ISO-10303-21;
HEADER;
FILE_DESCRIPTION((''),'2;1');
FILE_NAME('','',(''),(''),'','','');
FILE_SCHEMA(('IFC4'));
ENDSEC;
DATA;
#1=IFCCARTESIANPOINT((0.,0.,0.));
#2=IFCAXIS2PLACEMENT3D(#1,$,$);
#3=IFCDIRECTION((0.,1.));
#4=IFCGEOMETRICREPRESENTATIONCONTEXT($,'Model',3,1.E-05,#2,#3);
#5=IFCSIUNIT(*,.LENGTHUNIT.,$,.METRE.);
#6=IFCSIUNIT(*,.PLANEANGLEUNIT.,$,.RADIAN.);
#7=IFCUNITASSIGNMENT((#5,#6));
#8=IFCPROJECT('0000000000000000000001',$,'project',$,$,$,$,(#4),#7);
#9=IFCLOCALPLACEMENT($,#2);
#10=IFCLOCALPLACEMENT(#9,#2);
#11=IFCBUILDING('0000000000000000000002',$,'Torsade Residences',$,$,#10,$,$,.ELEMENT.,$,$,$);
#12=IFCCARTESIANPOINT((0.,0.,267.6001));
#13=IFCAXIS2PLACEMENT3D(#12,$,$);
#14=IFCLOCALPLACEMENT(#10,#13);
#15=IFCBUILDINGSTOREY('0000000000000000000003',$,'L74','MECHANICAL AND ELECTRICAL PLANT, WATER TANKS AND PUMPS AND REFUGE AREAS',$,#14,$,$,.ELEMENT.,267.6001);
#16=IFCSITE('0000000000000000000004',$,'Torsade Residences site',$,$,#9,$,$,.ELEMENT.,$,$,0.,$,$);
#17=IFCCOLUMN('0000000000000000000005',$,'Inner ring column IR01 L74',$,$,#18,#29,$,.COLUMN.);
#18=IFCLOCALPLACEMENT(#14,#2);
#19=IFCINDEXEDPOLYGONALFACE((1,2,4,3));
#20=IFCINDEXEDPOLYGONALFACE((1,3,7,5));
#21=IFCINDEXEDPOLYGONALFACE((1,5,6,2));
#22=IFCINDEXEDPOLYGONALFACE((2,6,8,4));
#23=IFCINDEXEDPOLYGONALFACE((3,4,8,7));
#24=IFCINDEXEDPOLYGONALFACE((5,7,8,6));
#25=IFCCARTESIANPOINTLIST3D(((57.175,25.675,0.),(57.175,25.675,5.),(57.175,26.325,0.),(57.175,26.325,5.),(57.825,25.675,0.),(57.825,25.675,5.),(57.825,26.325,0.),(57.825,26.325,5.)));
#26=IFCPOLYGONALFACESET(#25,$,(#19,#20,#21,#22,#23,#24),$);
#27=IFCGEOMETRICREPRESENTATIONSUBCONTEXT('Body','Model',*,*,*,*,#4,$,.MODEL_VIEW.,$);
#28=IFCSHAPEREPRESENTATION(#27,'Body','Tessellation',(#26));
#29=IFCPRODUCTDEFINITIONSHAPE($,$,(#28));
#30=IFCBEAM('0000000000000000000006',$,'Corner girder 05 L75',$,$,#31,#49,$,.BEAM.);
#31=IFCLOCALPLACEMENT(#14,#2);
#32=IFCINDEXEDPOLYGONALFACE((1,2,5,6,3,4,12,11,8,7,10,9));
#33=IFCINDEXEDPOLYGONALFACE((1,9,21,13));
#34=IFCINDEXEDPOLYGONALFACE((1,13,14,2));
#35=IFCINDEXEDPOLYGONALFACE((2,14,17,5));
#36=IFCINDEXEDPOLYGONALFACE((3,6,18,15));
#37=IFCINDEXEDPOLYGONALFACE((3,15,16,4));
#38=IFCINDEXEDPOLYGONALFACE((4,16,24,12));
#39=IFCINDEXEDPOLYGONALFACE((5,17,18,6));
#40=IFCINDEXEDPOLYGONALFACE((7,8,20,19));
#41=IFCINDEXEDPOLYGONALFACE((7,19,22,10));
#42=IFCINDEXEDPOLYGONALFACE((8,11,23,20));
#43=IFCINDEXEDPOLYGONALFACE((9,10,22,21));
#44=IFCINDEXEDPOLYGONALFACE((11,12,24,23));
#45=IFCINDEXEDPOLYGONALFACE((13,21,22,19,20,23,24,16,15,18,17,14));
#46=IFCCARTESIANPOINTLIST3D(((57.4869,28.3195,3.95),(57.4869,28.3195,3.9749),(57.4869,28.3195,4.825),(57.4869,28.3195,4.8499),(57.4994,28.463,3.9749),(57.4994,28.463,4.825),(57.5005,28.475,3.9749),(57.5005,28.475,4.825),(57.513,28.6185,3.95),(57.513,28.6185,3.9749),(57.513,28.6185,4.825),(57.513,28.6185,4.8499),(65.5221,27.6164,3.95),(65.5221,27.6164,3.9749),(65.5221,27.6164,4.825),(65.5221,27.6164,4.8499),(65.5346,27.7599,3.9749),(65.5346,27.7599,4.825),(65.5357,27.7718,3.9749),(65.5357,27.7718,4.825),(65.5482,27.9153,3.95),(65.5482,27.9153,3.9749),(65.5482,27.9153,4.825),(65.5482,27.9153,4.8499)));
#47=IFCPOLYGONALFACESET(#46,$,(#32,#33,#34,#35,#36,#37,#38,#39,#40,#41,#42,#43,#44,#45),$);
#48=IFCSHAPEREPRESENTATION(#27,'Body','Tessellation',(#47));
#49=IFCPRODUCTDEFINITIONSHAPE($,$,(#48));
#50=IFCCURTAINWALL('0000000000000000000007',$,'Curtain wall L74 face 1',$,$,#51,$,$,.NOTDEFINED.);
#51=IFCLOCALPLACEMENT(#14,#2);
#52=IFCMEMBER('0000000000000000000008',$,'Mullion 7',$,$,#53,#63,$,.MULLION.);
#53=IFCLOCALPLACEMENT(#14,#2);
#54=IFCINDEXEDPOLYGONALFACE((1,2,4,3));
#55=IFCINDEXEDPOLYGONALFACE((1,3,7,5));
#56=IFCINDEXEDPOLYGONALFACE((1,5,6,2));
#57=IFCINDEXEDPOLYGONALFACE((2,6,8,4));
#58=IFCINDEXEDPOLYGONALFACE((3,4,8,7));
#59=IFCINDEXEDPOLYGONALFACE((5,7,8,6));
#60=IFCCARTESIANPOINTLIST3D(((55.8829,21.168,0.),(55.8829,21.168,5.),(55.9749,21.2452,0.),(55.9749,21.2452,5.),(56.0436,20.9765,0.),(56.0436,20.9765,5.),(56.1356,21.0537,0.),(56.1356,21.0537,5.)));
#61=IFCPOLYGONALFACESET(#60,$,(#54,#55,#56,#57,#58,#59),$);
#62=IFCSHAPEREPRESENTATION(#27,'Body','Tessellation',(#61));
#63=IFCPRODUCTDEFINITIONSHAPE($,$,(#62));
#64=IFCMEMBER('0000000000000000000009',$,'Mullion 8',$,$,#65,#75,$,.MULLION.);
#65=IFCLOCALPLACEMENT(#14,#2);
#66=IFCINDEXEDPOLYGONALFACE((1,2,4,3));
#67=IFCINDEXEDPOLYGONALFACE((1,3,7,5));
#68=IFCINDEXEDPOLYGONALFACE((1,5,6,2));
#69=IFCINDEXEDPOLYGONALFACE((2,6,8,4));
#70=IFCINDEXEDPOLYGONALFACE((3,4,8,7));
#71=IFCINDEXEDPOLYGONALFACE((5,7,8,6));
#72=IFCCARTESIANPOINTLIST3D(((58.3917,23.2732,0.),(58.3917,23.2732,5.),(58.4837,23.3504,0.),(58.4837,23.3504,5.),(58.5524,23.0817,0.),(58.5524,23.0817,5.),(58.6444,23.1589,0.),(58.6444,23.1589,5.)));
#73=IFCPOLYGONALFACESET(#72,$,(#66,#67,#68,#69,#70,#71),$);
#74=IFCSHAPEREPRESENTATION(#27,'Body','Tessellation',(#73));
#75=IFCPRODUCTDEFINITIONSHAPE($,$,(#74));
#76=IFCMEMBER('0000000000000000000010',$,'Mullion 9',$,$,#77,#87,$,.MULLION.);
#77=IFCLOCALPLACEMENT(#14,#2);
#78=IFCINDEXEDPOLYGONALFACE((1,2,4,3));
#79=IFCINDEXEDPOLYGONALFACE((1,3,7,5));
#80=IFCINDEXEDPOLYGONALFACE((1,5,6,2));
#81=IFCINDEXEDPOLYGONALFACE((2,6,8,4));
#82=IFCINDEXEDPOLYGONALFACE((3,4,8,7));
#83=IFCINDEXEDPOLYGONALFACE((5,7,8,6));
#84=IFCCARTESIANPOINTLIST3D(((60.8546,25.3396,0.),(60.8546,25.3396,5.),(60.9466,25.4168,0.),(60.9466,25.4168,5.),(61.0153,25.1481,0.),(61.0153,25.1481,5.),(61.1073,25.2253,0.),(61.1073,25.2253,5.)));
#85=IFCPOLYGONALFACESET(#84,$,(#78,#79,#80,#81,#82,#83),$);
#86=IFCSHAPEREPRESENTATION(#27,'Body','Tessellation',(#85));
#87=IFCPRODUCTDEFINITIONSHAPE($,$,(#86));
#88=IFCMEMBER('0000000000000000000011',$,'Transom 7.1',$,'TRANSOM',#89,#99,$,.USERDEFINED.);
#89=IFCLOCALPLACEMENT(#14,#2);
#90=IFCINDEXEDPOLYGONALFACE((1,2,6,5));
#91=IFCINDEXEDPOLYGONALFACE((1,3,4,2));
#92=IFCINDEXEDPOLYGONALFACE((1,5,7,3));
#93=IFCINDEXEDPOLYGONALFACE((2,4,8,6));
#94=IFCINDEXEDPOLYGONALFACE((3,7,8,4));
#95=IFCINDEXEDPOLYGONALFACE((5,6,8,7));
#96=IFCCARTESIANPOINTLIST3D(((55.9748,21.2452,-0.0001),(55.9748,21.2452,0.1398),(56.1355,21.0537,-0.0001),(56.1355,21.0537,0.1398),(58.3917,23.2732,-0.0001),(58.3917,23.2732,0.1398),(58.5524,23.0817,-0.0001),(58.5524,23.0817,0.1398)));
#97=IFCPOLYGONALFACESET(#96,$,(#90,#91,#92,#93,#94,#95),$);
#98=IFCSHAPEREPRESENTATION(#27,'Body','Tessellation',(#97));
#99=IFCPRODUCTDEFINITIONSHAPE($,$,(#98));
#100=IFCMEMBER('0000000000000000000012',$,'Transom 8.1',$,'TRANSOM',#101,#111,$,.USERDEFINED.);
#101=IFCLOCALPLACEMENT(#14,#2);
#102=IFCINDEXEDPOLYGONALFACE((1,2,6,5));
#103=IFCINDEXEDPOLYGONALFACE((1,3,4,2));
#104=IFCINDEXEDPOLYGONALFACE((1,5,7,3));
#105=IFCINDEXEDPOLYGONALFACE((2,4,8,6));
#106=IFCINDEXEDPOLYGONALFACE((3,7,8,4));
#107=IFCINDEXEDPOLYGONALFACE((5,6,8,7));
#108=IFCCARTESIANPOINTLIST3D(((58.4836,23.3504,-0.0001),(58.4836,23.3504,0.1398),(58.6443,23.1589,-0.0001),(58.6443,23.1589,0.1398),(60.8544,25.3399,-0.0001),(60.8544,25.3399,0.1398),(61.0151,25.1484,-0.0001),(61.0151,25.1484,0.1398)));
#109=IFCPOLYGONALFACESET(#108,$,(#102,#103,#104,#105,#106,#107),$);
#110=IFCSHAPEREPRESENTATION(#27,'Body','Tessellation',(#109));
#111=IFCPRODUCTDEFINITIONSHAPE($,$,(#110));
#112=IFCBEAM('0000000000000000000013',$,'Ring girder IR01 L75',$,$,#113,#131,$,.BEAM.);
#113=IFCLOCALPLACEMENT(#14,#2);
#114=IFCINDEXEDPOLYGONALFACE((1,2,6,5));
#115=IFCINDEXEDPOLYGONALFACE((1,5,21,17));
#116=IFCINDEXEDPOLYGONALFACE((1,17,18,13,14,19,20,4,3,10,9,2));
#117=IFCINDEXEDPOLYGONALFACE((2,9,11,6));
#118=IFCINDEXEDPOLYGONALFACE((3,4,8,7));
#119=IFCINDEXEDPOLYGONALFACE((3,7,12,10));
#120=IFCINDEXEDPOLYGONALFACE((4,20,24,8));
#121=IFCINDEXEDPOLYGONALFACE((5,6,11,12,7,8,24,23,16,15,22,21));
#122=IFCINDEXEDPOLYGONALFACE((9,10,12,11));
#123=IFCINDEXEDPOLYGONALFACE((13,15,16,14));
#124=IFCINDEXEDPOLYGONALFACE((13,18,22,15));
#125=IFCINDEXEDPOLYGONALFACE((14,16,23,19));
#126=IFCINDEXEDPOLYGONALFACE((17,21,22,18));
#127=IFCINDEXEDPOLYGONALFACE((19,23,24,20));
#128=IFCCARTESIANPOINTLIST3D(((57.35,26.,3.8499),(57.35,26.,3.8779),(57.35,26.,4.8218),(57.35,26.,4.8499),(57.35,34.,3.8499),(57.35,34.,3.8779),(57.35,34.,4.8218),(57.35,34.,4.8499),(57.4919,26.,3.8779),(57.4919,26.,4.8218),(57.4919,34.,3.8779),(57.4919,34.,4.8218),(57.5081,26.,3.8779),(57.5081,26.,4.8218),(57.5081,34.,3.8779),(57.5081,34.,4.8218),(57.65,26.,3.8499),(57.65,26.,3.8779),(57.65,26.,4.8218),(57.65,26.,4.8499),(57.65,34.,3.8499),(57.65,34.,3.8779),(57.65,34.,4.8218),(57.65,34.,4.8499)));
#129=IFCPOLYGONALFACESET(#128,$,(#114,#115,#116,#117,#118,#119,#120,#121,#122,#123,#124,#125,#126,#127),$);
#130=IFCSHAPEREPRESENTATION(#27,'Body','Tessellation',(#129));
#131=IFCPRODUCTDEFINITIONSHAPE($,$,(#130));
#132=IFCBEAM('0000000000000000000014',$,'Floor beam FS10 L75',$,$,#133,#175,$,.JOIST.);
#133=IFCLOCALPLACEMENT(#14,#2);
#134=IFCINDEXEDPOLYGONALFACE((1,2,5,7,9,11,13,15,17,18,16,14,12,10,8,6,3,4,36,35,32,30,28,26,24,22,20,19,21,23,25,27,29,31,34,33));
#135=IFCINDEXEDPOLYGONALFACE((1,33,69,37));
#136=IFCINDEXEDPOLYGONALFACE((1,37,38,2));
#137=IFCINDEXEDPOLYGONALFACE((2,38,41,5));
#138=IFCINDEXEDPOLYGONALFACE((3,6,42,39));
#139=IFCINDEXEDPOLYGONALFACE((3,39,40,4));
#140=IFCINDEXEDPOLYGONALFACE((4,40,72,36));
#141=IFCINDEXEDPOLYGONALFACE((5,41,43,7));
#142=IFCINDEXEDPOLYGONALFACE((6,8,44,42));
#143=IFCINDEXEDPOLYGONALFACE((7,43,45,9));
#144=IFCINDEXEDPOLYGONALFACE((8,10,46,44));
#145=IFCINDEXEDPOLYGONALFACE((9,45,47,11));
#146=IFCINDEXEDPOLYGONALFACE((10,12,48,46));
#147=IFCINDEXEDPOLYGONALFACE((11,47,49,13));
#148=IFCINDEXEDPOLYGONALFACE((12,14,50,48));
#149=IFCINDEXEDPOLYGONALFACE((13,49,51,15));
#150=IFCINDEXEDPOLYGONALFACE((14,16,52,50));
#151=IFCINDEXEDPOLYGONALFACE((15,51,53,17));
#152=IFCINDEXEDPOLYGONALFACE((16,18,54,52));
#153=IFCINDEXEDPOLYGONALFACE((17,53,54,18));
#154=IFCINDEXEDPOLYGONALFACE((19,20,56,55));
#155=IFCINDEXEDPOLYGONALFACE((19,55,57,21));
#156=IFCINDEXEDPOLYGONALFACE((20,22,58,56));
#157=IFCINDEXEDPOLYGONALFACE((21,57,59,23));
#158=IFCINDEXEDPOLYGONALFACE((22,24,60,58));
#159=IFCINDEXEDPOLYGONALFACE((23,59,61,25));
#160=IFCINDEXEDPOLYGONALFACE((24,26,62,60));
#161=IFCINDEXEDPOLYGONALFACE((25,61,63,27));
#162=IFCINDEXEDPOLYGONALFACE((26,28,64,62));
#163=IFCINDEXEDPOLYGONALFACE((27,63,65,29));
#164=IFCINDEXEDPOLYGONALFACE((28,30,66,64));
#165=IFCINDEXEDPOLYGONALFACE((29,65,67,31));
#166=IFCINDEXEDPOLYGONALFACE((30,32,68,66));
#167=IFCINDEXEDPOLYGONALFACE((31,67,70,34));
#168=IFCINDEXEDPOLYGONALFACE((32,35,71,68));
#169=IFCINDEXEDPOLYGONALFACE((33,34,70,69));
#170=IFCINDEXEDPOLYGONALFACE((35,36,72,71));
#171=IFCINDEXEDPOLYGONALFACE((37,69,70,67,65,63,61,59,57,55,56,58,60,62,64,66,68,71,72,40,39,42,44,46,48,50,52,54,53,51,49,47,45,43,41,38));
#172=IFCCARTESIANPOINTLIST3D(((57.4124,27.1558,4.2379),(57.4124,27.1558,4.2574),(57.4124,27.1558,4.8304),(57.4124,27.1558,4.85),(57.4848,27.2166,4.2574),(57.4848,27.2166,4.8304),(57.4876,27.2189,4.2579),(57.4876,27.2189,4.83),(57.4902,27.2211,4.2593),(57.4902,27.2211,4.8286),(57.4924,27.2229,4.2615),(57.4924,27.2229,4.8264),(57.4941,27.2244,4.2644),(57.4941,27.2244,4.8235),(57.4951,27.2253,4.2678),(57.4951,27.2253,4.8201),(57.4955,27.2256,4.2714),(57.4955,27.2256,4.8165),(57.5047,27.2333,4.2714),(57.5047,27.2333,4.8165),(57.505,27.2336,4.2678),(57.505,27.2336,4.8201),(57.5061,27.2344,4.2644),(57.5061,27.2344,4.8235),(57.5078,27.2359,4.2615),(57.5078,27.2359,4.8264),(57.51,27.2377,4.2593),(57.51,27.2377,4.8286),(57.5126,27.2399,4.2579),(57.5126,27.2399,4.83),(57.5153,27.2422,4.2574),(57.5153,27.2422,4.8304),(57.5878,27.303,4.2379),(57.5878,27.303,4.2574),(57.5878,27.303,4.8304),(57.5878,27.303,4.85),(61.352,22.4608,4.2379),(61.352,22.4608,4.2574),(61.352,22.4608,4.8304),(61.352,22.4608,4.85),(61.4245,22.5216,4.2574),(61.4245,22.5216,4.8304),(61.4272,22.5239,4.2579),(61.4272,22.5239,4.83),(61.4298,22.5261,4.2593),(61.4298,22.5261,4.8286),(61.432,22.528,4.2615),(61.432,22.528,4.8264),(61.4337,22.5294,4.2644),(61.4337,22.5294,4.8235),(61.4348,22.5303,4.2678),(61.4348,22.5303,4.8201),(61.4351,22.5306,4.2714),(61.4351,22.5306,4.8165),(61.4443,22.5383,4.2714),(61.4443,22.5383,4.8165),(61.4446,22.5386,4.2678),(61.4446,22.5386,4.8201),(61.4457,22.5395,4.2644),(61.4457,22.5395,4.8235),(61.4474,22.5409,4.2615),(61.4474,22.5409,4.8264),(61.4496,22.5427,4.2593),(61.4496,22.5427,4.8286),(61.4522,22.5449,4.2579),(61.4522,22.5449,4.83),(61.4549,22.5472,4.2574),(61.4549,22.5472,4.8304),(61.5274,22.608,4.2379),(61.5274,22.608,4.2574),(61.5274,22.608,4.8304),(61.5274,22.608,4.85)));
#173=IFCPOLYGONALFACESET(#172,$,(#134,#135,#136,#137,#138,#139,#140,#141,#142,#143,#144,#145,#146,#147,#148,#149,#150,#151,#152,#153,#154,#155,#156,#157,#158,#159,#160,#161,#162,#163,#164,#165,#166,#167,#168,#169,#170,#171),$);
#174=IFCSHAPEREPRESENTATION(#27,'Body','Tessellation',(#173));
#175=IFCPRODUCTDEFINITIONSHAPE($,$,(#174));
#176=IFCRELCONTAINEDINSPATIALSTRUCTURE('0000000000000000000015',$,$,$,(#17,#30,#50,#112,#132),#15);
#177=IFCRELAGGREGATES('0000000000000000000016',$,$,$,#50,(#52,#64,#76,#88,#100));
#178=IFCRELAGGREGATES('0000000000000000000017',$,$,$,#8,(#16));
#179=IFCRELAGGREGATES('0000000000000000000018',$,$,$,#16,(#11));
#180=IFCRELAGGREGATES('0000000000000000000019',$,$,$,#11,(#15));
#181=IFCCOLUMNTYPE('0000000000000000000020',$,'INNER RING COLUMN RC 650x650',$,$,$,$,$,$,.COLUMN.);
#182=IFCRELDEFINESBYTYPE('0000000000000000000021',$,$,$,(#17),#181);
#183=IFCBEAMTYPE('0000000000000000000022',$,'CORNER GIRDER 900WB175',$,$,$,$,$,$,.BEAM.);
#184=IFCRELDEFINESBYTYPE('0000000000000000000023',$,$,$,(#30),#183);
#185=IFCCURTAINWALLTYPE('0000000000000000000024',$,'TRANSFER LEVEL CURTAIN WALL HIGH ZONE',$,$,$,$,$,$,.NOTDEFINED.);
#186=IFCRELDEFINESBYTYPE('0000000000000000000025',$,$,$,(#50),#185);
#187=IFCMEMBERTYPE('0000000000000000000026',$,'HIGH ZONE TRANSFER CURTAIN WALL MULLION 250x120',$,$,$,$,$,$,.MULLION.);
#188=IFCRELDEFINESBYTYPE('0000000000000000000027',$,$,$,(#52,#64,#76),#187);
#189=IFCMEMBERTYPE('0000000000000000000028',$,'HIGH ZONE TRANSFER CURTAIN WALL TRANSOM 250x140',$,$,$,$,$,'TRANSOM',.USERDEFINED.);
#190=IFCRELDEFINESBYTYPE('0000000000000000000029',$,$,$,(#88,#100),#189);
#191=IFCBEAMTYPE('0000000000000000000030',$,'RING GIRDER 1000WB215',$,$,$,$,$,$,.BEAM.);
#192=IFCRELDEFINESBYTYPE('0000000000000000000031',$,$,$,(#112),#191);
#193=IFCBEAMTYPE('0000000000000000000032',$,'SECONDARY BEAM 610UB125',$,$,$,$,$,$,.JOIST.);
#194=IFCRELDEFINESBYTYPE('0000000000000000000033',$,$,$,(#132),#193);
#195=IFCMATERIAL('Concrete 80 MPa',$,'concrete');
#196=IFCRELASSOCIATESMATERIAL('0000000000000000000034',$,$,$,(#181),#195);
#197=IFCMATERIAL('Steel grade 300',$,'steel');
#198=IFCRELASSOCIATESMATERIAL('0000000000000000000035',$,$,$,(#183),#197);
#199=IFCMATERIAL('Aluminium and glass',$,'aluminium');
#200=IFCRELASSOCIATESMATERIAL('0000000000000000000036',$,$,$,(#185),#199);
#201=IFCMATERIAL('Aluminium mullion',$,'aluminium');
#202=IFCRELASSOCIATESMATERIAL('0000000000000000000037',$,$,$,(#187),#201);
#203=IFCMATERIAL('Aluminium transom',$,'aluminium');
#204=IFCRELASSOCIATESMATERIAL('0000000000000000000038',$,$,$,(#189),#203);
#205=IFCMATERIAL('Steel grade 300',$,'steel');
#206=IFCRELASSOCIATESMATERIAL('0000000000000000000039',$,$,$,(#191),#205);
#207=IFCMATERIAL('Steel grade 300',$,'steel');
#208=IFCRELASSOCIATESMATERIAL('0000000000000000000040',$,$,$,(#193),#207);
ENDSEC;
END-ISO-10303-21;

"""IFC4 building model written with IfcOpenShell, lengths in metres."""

from ifc_helpers import new_model, si_unit, direction, frame, origin, origin_2d, place, context, subcontext, project, spatial, rectangle, i_section, extrude, material, material_profile, profile_set, type_object, element, aggregate, save


model = new_model("IFC4")

# Units and contexts
model_context = context("Model", 3, precision=1e-05, world=origin(), true_north=direction((0.0, 1.0)))
body_context = subcontext(model_context, "Body", "Model", "MODEL_VIEW")
ifc_project = project(units=[si_unit("LENGTHUNIT", "METRE"), si_unit("PLANEANGLEUNIT", "RADIAN")], contexts=[model_context])

# Site, building, storey
site_placement = place(None, origin())
site = spatial("IfcSite", under=ifc_project, at=site_placement, Name="Torsade Residences site", CompositionType="ELEMENT", RefElevation=0.0)
building_placement = place(site_placement, origin())
building = spatial("IfcBuilding", under=site, at=building_placement, Name="Torsade Residences", CompositionType="ELEMENT")
storey_placement = place(building_placement, frame((0.0, 0.0, 267.6001)))
storey = spatial("IfcBuildingStorey", under=building, at=storey_placement, Name="L74", Description="MECHANICAL AND ELECTRICAL PLANT, WATER TANKS AND PUMPS AND REFUGE AREAS", CompositionType="ELEMENT", Elevation=267.6001)

# Column
ifc_material_1 = material(Name="Concrete 80 MPa", Category="concrete")
ifc_material_profile_1 = material_profile(ifc_material_1, rectangle(XDim=0.6499, YDim=0.6499, at=origin_2d()), Name="RC 650x650")
ifc_profile_set_1 = profile_set([ifc_material_profile_1], Name="Concrete 80 MPa")
column_type = type_object("IfcColumnType", Name="INNER RING COLUMN RC 650x650", PredefinedType="COLUMN", material=ifc_profile_set_1)
column_placement = place(storey_placement, frame((57.5, 26.0, 0.0), z_axis=(0.0, 0.0, 1.0), x_axis=(1.0, 0.0, 0.0)))
element("IfcColumn", 1, at=column_placement, inside=storey, type_object=column_type, Name="Inner ring column IR01 L74", PredefinedType="COLUMN", context=body_context, shape_type="SweptSolid", body=[
    extrude(rectangle(XDim=0.6499, YDim=0.6499, at=origin_2d()), origin(), (0.0, 0.0, 1.0), 5.0),
])

# Beam
ifc_material_2 = material(Name="Steel grade 300", Category="steel")
ifc_material_profile_2 = material_profile(ifc_material_2, i_section(OverallWidth=0.3, OverallDepth=0.8999, WebThickness=0.012, FlangeThickness=0.0249, at=origin_2d()), Name="900WB175")
ifc_profile_set_2 = profile_set([ifc_material_profile_2], Name="Steel grade 300")
beam_type_1 = type_object("IfcBeamType", Name="CORNER GIRDER 900WB175", PredefinedType="BEAM", material=ifc_profile_set_2)
beam_1_placement = place(storey_placement, frame((65.5352, 27.7659, 4.3999), z_axis=(-0.996193, 0.087173, 0.0), x_axis=(-0.087173, -0.996193, 0.0)))
element("IfcBeam", 2, at=beam_1_placement, inside=storey, type_object=beam_type_1, Name="Corner girder 05 L75", PredefinedType="BEAM", context=body_context, shape_type="SweptSolid", body=[
    extrude(i_section(OverallWidth=0.3, OverallDepth=0.8999, WebThickness=0.012, FlangeThickness=0.0249, at=origin_2d()), origin(), (0.0, 0.0, 1.0), 8.0659),
])

# Curtain wall, members
ifc_material_3 = material(Name="Aluminium and glass", Category="aluminium")
curtain_wall_type = type_object("IfcCurtainWallType", Name="TRANSFER LEVEL CURTAIN WALL HIGH ZONE", PredefinedType="NOTDEFINED", material=ifc_material_3)
curtain_wall_placement = place(storey_placement, origin())
curtain_wall = element("IfcCurtainWall", 3, at=curtain_wall_placement, inside=storey, type_object=curtain_wall_type, Name="Curtain wall L74 face 1", PredefinedType="NOTDEFINED")
ifc_material_4 = material(Name="Aluminium mullion", Category="aluminium")
ifc_material_profile_3 = material_profile(ifc_material_4, rectangle(XDim=0.25, YDim=0.1201, at=origin_2d()), Name="HIGH ZONE TRANSFER CURTAIN WALL MULLION 250x120")
ifc_profile_set_3 = profile_set([ifc_material_profile_3], Name="Aluminium mullion")
member_type_1 = type_object("IfcMemberType", Name="HIGH ZONE TRANSFER CURTAIN WALL MULLION 250x120", PredefinedType="MULLION", material=ifc_profile_set_3)
member_1_placement = place(storey_placement, frame((56.0093, 21.1108, 0.0), z_axis=(0.0, 0.0, 1.0), x_axis=(-0.642788, 0.766044, 0.0)))
member_1 = element("IfcMember", 4, at=member_1_placement, type_object=member_type_1, Name="Mullion 7", PredefinedType="MULLION", context=body_context, shape_type="SweptSolid", body=[
    extrude(rectangle(XDim=0.25, YDim=0.1201, at=origin_2d()), origin(), (0.0, 0.0, 1.0), 5.0),
])
member_2_placement = place(storey_placement, frame((58.5181, 23.2161, 0.0), z_axis=(0.0, 0.0, 1.0), x_axis=(-0.642788, 0.766044, 0.0)))
member_2 = element("IfcMember", 5, at=member_2_placement, type_object=member_type_1, Name="Mullion 8", PredefinedType="MULLION", context=body_context, shape_type="SweptSolid", body=[
    extrude(rectangle(XDim=0.25, YDim=0.1201, at=origin_2d()), origin(), (0.0, 0.0, 1.0), 5.0),
])
member_3_placement = place(storey_placement, frame((60.981, 25.2825, 0.0), z_axis=(0.0, 0.0, 1.0), x_axis=(-0.642788, 0.766044, 0.0)))
member_3 = element("IfcMember", 6, at=member_3_placement, type_object=member_type_1, Name="Mullion 9", PredefinedType="MULLION", context=body_context, shape_type="SweptSolid", body=[
    extrude(rectangle(XDim=0.25, YDim=0.1201, at=origin_2d()), origin(), (0.0, 0.0, 1.0), 5.0),
])
ifc_material_5 = material(Name="Aluminium transom", Category="aluminium")
ifc_material_profile_4 = material_profile(ifc_material_5, rectangle(XDim=0.25, YDim=0.1399, at=origin_2d()), Name="HIGH ZONE TRANSFER CURTAIN WALL TRANSOM 250x140")
ifc_profile_set_4 = profile_set([ifc_material_profile_4], Name="Aluminium transom")
member_type_2 = type_object("IfcMemberType", Name="HIGH ZONE TRANSFER CURTAIN WALL TRANSOM 250x140", ElementType="TRANSOM", PredefinedType="USERDEFINED", material=ifc_profile_set_4)
member_4_placement = place(storey_placement, frame((56.0552, 21.1494, 0.0698), z_axis=(0.766048, 0.642784, 0.0), x_axis=(-0.642784, 0.766048, 0.0)))
member_4 = element("IfcMember", 7, at=member_4_placement, type_object=member_type_2, Name="Transom 7.1", ObjectType="TRANSOM", PredefinedType="USERDEFINED", context=body_context, shape_type="SweptSolid", body=[
    extrude(rectangle(XDim=0.25, YDim=0.1399, at=origin_2d()), origin(), (0.0, 0.0, 1.0), 3.155),
])
member_5_placement = place(storey_placement, frame((58.564, 23.2546, 0.0698), z_axis=(0.766025, 0.642811, 0.0), x_axis=(-0.642811, 0.766025, 0.0)))
member_5 = element("IfcMember", 8, at=member_5_placement, type_object=member_type_2, Name="Transom 8.1", ObjectType="TRANSOM", PredefinedType="USERDEFINED", context=body_context, shape_type="SweptSolid", body=[
    extrude(rectangle(XDim=0.25, YDim=0.1399, at=origin_2d()), origin(), (0.0, 0.0, 1.0), 3.095),
])

# Beams
ifc_material_6 = material(Name="Steel grade 300", Category="steel")
ifc_material_profile_5 = material_profile(ifc_material_6, i_section(OverallWidth=0.3, OverallDepth=1.0, WebThickness=0.0161, FlangeThickness=0.0281, at=origin_2d()), Name="1000WB215")
ifc_profile_set_5 = profile_set([ifc_material_profile_5], Name="Steel grade 300")
beam_type_2 = type_object("IfcBeamType", Name="RING GIRDER 1000WB215", PredefinedType="BEAM", material=ifc_profile_set_5)
beam_2_placement = place(storey_placement, frame((57.5, 26.0, 4.3499), z_axis=(0.0, 1.0, 0.0), x_axis=(-1.0, 0.0, 0.0)))
element("IfcBeam", 9, at=beam_2_placement, inside=storey, type_object=beam_type_2, Name="Ring girder IR01 L75", PredefinedType="BEAM", context=body_context, shape_type="SweptSolid", body=[
    extrude(i_section(OverallWidth=0.3, OverallDepth=1.0, WebThickness=0.0161, FlangeThickness=0.0281, at=origin_2d()), origin(), (0.0, 0.0, 1.0), 8.0),
])
ifc_material_7 = material(Name="Steel grade 300", Category="steel")
ifc_material_profile_6 = material_profile(ifc_material_7, i_section(OverallWidth=0.229, OverallDepth=0.6121, WebThickness=0.012, FlangeThickness=0.0195, FilletRadius=0.0139, at=origin_2d()), Name="610UB125")
ifc_profile_set_6 = profile_set([ifc_material_profile_6], Name="Steel grade 300")
beam_type_3 = type_object("IfcBeamType", Name="SECONDARY BEAM 610UB125", PredefinedType="JOIST", material=ifc_profile_set_6)
beam_3_placement = place(storey_placement, frame((61.4397, 22.5344, 4.5439), z_axis=(-0.642794, 0.766039, 0.0), x_axis=(-0.766039, -0.642794, 0.0)))
element("IfcBeam", 10, at=beam_3_placement, inside=storey, type_object=beam_type_3, Name="Floor beam FS10 L75", PredefinedType="JOIST", context=body_context, shape_type="SweptSolid", body=[
    extrude(i_section(OverallWidth=0.229, OverallDepth=0.6121, WebThickness=0.012, FlangeThickness=0.0195, FilletRadius=0.0139, at=origin_2d()), origin(), (0.0, 0.0, 1.0), 6.1289),
])

aggregate(curtain_wall, [member_1, member_2, member_3, member_4, member_5])

save(model, "model.ifc")
